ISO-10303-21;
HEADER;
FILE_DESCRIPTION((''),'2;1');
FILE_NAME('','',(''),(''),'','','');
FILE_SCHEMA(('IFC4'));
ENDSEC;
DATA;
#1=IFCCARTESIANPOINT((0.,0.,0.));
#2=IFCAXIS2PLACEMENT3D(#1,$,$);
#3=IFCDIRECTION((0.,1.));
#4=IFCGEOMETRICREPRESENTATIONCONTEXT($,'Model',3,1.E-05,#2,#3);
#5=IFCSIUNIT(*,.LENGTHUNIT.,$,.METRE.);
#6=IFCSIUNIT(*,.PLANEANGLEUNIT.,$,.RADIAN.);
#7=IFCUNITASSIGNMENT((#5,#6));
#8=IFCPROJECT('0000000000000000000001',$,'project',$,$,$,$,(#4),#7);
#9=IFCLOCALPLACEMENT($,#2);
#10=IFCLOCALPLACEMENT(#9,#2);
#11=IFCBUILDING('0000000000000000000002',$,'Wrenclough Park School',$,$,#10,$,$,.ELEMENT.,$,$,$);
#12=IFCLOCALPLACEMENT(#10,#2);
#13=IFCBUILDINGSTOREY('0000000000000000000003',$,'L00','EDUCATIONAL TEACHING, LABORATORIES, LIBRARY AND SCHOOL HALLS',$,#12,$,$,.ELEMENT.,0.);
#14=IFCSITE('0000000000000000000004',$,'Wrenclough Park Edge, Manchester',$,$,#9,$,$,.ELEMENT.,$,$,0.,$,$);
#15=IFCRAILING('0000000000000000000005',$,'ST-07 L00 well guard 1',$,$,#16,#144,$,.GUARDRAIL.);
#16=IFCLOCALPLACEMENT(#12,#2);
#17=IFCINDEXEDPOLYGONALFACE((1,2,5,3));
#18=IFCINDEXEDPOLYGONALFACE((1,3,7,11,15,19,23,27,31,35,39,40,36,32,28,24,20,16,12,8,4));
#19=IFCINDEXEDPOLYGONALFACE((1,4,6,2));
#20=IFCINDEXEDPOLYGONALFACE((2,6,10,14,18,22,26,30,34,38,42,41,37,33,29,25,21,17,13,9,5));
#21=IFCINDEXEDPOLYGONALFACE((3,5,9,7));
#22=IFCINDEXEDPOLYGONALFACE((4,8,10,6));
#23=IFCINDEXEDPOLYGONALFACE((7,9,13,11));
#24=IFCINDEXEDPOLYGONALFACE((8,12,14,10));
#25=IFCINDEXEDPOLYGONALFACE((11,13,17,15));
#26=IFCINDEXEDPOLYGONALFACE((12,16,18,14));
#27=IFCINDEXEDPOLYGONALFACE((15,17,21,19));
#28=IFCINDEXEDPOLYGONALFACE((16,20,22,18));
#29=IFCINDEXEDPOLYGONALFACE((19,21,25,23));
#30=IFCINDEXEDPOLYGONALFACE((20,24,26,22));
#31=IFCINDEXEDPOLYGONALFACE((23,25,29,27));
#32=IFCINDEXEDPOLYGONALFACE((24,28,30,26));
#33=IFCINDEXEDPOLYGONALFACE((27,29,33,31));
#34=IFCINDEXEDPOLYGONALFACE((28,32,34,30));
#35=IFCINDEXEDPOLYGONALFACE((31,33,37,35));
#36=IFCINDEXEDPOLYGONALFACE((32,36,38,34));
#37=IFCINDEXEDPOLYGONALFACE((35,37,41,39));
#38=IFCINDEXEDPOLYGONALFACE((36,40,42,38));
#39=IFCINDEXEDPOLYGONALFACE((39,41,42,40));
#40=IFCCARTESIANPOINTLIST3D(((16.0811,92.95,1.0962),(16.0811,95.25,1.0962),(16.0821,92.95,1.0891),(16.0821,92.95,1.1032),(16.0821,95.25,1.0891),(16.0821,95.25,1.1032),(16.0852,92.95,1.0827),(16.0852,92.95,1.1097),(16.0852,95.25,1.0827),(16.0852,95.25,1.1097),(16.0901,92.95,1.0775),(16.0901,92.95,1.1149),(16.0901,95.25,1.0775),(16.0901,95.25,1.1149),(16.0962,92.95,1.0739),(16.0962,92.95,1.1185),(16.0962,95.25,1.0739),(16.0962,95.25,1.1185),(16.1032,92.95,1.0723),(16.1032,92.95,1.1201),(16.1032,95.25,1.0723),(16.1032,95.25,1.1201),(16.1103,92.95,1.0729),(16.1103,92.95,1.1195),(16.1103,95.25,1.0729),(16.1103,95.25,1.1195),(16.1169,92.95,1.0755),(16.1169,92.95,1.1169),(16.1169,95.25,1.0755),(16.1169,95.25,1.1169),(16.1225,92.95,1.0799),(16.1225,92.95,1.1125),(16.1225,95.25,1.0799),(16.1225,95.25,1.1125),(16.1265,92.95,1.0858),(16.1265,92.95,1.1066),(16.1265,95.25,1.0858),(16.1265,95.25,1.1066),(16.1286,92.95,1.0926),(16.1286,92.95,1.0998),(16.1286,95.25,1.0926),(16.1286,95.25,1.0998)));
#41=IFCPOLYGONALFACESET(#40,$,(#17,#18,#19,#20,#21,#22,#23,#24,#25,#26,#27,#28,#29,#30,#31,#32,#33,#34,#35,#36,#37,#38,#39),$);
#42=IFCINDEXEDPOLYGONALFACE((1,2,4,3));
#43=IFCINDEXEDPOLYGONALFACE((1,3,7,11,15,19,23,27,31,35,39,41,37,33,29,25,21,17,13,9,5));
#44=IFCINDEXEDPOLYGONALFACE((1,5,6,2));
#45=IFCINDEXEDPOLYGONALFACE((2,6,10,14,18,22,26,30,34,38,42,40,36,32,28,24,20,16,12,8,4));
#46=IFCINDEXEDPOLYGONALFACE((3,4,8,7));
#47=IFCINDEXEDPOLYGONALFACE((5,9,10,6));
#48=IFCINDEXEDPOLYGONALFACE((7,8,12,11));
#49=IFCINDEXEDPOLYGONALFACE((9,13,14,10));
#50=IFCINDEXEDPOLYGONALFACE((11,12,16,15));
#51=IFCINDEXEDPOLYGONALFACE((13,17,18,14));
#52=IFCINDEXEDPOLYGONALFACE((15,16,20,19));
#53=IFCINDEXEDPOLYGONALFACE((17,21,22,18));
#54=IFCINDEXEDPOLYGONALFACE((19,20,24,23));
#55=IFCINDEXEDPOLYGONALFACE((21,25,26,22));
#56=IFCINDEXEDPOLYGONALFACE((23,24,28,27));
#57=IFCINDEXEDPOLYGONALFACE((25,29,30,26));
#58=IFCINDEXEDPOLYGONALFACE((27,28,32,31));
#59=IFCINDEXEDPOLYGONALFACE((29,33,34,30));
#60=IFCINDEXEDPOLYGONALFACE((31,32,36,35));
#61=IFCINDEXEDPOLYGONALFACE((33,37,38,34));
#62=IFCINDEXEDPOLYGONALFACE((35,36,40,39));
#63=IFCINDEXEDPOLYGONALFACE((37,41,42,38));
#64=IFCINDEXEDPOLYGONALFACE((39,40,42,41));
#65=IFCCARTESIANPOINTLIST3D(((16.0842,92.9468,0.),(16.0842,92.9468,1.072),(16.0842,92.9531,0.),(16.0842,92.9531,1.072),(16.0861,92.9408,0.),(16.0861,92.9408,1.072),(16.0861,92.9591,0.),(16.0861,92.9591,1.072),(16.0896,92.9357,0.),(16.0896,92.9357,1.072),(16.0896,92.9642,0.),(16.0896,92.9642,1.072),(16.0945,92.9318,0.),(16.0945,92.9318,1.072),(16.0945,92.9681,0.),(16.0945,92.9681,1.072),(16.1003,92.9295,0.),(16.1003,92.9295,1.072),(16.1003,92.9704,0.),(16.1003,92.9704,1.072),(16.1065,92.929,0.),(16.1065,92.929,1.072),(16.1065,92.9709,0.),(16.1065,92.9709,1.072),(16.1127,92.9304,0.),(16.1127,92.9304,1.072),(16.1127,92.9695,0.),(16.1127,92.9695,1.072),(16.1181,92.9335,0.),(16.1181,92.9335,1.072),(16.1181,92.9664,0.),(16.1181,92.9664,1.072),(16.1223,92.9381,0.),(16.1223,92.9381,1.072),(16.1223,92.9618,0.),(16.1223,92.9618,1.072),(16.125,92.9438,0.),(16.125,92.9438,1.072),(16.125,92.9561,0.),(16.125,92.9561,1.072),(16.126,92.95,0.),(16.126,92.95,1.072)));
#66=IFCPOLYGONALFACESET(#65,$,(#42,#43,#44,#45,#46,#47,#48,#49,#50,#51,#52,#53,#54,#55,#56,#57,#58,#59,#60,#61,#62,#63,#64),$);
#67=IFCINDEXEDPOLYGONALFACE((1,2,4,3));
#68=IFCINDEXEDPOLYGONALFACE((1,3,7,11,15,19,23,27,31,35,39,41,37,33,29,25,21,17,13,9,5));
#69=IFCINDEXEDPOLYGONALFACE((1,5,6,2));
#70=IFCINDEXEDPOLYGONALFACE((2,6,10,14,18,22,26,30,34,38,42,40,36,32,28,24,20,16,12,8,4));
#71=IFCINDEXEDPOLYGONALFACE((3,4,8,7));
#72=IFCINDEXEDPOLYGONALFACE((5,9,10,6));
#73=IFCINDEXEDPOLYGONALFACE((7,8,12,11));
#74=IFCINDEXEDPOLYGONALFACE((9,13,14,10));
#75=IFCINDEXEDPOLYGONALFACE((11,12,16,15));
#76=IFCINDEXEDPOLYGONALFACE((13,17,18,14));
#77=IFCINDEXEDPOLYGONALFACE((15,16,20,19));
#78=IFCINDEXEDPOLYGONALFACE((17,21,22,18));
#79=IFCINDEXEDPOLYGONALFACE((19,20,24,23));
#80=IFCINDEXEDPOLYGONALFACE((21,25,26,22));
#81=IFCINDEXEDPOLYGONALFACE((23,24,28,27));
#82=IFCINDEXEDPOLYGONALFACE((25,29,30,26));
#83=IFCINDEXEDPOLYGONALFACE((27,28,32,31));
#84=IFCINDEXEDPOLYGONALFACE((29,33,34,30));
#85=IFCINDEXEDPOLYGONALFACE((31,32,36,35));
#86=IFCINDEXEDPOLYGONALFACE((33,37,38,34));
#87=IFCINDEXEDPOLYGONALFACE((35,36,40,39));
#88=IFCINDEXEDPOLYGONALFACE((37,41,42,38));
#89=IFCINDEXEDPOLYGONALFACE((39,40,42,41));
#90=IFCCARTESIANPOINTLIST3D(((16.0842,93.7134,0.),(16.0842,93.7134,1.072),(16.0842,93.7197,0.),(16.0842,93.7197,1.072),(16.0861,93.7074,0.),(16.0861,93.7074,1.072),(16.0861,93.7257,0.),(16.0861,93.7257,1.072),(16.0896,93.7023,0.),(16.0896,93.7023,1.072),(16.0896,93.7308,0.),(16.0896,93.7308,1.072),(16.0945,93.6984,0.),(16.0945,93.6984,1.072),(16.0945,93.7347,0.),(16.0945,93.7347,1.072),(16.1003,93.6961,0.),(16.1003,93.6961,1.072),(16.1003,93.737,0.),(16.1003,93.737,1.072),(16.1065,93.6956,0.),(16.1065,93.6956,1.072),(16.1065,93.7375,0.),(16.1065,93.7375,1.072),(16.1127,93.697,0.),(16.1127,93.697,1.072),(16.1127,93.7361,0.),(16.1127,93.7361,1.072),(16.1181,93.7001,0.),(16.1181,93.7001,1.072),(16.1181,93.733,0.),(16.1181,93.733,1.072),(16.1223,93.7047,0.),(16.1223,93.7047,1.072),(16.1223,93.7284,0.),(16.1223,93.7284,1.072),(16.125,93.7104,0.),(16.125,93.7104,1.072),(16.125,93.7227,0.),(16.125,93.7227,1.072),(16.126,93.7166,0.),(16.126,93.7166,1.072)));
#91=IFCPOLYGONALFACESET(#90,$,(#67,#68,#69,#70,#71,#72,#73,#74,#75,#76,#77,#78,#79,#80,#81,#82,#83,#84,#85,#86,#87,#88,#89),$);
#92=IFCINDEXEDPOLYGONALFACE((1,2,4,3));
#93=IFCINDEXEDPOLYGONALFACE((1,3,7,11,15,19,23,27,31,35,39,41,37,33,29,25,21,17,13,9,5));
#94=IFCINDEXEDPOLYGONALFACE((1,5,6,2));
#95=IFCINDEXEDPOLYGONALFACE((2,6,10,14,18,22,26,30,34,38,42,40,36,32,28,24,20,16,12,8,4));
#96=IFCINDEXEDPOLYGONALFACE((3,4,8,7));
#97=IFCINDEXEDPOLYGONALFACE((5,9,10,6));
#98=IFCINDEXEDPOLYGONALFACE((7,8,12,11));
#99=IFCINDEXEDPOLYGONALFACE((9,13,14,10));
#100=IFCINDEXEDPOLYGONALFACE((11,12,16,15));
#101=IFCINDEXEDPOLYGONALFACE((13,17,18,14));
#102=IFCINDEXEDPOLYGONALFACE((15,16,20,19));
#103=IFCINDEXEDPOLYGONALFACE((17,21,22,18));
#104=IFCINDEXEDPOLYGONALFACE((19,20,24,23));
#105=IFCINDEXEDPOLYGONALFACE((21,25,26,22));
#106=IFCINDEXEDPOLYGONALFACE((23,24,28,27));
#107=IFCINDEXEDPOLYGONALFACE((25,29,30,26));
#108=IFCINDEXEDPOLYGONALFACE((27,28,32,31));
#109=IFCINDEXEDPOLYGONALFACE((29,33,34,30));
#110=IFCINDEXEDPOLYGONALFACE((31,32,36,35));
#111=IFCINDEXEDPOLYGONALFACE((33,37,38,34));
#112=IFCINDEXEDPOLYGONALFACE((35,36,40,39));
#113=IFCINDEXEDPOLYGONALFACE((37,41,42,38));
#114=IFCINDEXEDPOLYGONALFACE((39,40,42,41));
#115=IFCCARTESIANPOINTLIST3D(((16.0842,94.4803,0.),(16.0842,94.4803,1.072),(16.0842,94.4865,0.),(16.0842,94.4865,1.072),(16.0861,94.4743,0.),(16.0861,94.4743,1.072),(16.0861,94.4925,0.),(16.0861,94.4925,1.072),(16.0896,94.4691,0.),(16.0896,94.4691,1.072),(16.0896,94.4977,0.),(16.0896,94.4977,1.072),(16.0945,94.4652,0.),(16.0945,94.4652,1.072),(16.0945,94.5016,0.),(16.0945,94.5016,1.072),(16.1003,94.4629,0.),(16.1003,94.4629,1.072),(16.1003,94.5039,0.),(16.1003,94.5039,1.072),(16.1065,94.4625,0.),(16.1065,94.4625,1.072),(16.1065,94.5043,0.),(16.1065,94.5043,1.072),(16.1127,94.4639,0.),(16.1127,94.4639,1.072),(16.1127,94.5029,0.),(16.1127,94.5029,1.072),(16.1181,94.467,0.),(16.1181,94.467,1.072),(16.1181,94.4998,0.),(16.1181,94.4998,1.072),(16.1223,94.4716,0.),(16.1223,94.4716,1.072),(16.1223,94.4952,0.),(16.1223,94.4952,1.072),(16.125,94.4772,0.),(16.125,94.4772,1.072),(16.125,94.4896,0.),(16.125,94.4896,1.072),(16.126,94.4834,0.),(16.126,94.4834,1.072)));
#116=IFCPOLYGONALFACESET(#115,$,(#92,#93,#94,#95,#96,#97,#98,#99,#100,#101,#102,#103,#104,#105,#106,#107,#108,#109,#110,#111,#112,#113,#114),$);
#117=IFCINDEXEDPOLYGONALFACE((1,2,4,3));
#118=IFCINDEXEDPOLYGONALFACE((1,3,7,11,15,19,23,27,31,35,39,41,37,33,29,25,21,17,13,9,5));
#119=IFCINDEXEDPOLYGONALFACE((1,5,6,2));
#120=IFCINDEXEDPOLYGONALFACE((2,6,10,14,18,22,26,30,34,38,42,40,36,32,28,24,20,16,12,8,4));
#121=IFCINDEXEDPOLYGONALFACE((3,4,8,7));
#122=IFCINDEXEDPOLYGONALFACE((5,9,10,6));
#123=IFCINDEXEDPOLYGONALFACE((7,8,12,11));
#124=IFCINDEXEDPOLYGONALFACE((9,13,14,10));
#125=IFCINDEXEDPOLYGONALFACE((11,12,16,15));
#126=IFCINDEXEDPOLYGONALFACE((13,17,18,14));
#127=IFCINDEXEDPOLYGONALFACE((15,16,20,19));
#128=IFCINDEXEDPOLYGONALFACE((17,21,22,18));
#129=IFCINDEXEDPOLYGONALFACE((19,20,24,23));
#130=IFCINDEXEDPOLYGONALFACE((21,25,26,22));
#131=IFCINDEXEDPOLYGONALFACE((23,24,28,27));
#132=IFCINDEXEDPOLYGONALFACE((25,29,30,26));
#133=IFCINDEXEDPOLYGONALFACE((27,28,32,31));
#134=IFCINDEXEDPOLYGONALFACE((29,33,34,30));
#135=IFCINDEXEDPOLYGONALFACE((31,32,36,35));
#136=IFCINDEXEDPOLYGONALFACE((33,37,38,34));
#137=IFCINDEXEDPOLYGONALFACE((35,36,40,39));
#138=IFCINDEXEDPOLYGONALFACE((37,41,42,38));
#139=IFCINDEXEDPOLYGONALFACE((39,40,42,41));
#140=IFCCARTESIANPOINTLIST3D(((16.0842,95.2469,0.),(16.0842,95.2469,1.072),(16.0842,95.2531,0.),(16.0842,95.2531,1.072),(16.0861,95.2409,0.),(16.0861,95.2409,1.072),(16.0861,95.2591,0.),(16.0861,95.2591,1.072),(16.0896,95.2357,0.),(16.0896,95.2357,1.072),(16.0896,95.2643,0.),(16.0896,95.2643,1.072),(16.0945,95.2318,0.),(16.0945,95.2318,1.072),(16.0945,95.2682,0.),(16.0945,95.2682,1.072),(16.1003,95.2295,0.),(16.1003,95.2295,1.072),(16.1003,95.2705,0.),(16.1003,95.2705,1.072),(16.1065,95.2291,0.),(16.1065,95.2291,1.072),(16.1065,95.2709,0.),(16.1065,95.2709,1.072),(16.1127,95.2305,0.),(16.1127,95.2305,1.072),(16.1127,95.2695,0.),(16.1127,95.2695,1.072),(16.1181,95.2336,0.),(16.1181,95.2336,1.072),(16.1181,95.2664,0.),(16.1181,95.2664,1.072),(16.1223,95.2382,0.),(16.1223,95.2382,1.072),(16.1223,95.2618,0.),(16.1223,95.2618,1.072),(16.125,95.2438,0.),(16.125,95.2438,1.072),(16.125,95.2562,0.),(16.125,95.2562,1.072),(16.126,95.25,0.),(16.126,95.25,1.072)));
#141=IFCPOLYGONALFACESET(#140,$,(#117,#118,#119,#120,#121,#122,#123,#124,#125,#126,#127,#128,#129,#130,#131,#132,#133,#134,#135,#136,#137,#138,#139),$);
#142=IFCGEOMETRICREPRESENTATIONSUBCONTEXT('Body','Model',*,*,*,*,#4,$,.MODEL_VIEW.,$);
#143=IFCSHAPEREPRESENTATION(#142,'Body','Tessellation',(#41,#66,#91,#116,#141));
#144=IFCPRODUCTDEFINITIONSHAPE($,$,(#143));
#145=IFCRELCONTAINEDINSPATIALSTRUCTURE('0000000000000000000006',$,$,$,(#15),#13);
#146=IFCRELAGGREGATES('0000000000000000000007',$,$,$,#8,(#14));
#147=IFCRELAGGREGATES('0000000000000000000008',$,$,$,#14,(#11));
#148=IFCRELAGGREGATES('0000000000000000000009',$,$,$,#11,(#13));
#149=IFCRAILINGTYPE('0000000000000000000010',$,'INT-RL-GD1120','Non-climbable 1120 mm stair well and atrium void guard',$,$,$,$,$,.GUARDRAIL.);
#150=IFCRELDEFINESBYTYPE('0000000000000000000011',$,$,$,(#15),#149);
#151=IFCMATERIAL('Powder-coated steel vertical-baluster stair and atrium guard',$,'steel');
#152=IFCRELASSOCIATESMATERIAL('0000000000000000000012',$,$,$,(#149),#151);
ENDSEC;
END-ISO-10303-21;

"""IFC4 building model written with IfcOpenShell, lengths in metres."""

from ifc_helpers import new_model, si_unit, direction, frame, origin, origin_2d, place, context, subcontext, project, spatial, circle, extrude, material, type_object, element, save


model = new_model("IFC4")

# Units and contexts
model_context = context("Model", 3, precision=1e-05, world=origin(), true_north=direction((0.0, 1.0)))
body_context = subcontext(model_context, "Body", "Model", "MODEL_VIEW")
ifc_project = project(units=[si_unit("LENGTHUNIT", "METRE"), si_unit("PLANEANGLEUNIT", "RADIAN")], contexts=[model_context])

# Site, building, storey
site_placement = place(None, origin())
site = spatial("IfcSite", under=ifc_project, at=site_placement, Name="Wrenclough Park Edge, Manchester", CompositionType="ELEMENT", RefElevation=0.0)
building_placement = place(site_placement, origin())
building = spatial("IfcBuilding", under=site, at=building_placement, Name="Wrenclough Park School", CompositionType="ELEMENT")
storey_placement = place(building_placement, origin())
storey = spatial("IfcBuildingStorey", under=building, at=storey_placement, Name="L00", Description="EDUCATIONAL TEACHING, LABORATORIES, LIBRARY AND SCHOOL HALLS", CompositionType="ELEMENT", Elevation=0.0)

# Railing
ifc_material_1 = material(Name="Powder-coated steel vertical-baluster stair and atrium guard", Category="steel")
railing_type_1 = type_object("IfcRailingType", Name="INT-RL-GD1120", Description="Non-climbable 1120 mm stair well and atrium void guard", PredefinedType="GUARDRAIL", material=ifc_material_1)
railing_1_placement = place(storey_placement, frame((16.105, 92.95, 0.0)))
element("IfcRailing", 1, at=railing_1_placement, inside=storey, type_object=railing_type_1, Name="ST-07 L00 well guard 1", PredefinedType="GUARDRAIL", context=body_context, shape_type="SweptSolid", body=[
    extrude(circle(Radius=0.0239, at=origin_2d()), frame((0.0, 0.0, 1.0962), z_axis=(0.0, 1.0, 0.0), x_axis=(-1.0, 0.0, 0.0)), (0.0, 0.0, 1.0), 2.3),
    extrude(circle(Radius=0.021, at=origin_2d()), origin(), (0.0, 0.0, 1.0), 1.072),
    extrude(circle(Radius=0.021, at=origin_2d()), frame((0.0, 0.7666, 0.0)), (0.0, 0.0, 1.0), 1.072),
    extrude(circle(Radius=0.021, at=origin_2d()), frame((0.0, 1.5334, 0.0)), (0.0, 0.0, 1.0), 1.072),
    extrude(circle(Radius=0.021, at=origin_2d()), frame((0.0, 2.3, 0.0)), (0.0, 0.0, 1.0), 1.072),
])

save(model, "model.ifc")
